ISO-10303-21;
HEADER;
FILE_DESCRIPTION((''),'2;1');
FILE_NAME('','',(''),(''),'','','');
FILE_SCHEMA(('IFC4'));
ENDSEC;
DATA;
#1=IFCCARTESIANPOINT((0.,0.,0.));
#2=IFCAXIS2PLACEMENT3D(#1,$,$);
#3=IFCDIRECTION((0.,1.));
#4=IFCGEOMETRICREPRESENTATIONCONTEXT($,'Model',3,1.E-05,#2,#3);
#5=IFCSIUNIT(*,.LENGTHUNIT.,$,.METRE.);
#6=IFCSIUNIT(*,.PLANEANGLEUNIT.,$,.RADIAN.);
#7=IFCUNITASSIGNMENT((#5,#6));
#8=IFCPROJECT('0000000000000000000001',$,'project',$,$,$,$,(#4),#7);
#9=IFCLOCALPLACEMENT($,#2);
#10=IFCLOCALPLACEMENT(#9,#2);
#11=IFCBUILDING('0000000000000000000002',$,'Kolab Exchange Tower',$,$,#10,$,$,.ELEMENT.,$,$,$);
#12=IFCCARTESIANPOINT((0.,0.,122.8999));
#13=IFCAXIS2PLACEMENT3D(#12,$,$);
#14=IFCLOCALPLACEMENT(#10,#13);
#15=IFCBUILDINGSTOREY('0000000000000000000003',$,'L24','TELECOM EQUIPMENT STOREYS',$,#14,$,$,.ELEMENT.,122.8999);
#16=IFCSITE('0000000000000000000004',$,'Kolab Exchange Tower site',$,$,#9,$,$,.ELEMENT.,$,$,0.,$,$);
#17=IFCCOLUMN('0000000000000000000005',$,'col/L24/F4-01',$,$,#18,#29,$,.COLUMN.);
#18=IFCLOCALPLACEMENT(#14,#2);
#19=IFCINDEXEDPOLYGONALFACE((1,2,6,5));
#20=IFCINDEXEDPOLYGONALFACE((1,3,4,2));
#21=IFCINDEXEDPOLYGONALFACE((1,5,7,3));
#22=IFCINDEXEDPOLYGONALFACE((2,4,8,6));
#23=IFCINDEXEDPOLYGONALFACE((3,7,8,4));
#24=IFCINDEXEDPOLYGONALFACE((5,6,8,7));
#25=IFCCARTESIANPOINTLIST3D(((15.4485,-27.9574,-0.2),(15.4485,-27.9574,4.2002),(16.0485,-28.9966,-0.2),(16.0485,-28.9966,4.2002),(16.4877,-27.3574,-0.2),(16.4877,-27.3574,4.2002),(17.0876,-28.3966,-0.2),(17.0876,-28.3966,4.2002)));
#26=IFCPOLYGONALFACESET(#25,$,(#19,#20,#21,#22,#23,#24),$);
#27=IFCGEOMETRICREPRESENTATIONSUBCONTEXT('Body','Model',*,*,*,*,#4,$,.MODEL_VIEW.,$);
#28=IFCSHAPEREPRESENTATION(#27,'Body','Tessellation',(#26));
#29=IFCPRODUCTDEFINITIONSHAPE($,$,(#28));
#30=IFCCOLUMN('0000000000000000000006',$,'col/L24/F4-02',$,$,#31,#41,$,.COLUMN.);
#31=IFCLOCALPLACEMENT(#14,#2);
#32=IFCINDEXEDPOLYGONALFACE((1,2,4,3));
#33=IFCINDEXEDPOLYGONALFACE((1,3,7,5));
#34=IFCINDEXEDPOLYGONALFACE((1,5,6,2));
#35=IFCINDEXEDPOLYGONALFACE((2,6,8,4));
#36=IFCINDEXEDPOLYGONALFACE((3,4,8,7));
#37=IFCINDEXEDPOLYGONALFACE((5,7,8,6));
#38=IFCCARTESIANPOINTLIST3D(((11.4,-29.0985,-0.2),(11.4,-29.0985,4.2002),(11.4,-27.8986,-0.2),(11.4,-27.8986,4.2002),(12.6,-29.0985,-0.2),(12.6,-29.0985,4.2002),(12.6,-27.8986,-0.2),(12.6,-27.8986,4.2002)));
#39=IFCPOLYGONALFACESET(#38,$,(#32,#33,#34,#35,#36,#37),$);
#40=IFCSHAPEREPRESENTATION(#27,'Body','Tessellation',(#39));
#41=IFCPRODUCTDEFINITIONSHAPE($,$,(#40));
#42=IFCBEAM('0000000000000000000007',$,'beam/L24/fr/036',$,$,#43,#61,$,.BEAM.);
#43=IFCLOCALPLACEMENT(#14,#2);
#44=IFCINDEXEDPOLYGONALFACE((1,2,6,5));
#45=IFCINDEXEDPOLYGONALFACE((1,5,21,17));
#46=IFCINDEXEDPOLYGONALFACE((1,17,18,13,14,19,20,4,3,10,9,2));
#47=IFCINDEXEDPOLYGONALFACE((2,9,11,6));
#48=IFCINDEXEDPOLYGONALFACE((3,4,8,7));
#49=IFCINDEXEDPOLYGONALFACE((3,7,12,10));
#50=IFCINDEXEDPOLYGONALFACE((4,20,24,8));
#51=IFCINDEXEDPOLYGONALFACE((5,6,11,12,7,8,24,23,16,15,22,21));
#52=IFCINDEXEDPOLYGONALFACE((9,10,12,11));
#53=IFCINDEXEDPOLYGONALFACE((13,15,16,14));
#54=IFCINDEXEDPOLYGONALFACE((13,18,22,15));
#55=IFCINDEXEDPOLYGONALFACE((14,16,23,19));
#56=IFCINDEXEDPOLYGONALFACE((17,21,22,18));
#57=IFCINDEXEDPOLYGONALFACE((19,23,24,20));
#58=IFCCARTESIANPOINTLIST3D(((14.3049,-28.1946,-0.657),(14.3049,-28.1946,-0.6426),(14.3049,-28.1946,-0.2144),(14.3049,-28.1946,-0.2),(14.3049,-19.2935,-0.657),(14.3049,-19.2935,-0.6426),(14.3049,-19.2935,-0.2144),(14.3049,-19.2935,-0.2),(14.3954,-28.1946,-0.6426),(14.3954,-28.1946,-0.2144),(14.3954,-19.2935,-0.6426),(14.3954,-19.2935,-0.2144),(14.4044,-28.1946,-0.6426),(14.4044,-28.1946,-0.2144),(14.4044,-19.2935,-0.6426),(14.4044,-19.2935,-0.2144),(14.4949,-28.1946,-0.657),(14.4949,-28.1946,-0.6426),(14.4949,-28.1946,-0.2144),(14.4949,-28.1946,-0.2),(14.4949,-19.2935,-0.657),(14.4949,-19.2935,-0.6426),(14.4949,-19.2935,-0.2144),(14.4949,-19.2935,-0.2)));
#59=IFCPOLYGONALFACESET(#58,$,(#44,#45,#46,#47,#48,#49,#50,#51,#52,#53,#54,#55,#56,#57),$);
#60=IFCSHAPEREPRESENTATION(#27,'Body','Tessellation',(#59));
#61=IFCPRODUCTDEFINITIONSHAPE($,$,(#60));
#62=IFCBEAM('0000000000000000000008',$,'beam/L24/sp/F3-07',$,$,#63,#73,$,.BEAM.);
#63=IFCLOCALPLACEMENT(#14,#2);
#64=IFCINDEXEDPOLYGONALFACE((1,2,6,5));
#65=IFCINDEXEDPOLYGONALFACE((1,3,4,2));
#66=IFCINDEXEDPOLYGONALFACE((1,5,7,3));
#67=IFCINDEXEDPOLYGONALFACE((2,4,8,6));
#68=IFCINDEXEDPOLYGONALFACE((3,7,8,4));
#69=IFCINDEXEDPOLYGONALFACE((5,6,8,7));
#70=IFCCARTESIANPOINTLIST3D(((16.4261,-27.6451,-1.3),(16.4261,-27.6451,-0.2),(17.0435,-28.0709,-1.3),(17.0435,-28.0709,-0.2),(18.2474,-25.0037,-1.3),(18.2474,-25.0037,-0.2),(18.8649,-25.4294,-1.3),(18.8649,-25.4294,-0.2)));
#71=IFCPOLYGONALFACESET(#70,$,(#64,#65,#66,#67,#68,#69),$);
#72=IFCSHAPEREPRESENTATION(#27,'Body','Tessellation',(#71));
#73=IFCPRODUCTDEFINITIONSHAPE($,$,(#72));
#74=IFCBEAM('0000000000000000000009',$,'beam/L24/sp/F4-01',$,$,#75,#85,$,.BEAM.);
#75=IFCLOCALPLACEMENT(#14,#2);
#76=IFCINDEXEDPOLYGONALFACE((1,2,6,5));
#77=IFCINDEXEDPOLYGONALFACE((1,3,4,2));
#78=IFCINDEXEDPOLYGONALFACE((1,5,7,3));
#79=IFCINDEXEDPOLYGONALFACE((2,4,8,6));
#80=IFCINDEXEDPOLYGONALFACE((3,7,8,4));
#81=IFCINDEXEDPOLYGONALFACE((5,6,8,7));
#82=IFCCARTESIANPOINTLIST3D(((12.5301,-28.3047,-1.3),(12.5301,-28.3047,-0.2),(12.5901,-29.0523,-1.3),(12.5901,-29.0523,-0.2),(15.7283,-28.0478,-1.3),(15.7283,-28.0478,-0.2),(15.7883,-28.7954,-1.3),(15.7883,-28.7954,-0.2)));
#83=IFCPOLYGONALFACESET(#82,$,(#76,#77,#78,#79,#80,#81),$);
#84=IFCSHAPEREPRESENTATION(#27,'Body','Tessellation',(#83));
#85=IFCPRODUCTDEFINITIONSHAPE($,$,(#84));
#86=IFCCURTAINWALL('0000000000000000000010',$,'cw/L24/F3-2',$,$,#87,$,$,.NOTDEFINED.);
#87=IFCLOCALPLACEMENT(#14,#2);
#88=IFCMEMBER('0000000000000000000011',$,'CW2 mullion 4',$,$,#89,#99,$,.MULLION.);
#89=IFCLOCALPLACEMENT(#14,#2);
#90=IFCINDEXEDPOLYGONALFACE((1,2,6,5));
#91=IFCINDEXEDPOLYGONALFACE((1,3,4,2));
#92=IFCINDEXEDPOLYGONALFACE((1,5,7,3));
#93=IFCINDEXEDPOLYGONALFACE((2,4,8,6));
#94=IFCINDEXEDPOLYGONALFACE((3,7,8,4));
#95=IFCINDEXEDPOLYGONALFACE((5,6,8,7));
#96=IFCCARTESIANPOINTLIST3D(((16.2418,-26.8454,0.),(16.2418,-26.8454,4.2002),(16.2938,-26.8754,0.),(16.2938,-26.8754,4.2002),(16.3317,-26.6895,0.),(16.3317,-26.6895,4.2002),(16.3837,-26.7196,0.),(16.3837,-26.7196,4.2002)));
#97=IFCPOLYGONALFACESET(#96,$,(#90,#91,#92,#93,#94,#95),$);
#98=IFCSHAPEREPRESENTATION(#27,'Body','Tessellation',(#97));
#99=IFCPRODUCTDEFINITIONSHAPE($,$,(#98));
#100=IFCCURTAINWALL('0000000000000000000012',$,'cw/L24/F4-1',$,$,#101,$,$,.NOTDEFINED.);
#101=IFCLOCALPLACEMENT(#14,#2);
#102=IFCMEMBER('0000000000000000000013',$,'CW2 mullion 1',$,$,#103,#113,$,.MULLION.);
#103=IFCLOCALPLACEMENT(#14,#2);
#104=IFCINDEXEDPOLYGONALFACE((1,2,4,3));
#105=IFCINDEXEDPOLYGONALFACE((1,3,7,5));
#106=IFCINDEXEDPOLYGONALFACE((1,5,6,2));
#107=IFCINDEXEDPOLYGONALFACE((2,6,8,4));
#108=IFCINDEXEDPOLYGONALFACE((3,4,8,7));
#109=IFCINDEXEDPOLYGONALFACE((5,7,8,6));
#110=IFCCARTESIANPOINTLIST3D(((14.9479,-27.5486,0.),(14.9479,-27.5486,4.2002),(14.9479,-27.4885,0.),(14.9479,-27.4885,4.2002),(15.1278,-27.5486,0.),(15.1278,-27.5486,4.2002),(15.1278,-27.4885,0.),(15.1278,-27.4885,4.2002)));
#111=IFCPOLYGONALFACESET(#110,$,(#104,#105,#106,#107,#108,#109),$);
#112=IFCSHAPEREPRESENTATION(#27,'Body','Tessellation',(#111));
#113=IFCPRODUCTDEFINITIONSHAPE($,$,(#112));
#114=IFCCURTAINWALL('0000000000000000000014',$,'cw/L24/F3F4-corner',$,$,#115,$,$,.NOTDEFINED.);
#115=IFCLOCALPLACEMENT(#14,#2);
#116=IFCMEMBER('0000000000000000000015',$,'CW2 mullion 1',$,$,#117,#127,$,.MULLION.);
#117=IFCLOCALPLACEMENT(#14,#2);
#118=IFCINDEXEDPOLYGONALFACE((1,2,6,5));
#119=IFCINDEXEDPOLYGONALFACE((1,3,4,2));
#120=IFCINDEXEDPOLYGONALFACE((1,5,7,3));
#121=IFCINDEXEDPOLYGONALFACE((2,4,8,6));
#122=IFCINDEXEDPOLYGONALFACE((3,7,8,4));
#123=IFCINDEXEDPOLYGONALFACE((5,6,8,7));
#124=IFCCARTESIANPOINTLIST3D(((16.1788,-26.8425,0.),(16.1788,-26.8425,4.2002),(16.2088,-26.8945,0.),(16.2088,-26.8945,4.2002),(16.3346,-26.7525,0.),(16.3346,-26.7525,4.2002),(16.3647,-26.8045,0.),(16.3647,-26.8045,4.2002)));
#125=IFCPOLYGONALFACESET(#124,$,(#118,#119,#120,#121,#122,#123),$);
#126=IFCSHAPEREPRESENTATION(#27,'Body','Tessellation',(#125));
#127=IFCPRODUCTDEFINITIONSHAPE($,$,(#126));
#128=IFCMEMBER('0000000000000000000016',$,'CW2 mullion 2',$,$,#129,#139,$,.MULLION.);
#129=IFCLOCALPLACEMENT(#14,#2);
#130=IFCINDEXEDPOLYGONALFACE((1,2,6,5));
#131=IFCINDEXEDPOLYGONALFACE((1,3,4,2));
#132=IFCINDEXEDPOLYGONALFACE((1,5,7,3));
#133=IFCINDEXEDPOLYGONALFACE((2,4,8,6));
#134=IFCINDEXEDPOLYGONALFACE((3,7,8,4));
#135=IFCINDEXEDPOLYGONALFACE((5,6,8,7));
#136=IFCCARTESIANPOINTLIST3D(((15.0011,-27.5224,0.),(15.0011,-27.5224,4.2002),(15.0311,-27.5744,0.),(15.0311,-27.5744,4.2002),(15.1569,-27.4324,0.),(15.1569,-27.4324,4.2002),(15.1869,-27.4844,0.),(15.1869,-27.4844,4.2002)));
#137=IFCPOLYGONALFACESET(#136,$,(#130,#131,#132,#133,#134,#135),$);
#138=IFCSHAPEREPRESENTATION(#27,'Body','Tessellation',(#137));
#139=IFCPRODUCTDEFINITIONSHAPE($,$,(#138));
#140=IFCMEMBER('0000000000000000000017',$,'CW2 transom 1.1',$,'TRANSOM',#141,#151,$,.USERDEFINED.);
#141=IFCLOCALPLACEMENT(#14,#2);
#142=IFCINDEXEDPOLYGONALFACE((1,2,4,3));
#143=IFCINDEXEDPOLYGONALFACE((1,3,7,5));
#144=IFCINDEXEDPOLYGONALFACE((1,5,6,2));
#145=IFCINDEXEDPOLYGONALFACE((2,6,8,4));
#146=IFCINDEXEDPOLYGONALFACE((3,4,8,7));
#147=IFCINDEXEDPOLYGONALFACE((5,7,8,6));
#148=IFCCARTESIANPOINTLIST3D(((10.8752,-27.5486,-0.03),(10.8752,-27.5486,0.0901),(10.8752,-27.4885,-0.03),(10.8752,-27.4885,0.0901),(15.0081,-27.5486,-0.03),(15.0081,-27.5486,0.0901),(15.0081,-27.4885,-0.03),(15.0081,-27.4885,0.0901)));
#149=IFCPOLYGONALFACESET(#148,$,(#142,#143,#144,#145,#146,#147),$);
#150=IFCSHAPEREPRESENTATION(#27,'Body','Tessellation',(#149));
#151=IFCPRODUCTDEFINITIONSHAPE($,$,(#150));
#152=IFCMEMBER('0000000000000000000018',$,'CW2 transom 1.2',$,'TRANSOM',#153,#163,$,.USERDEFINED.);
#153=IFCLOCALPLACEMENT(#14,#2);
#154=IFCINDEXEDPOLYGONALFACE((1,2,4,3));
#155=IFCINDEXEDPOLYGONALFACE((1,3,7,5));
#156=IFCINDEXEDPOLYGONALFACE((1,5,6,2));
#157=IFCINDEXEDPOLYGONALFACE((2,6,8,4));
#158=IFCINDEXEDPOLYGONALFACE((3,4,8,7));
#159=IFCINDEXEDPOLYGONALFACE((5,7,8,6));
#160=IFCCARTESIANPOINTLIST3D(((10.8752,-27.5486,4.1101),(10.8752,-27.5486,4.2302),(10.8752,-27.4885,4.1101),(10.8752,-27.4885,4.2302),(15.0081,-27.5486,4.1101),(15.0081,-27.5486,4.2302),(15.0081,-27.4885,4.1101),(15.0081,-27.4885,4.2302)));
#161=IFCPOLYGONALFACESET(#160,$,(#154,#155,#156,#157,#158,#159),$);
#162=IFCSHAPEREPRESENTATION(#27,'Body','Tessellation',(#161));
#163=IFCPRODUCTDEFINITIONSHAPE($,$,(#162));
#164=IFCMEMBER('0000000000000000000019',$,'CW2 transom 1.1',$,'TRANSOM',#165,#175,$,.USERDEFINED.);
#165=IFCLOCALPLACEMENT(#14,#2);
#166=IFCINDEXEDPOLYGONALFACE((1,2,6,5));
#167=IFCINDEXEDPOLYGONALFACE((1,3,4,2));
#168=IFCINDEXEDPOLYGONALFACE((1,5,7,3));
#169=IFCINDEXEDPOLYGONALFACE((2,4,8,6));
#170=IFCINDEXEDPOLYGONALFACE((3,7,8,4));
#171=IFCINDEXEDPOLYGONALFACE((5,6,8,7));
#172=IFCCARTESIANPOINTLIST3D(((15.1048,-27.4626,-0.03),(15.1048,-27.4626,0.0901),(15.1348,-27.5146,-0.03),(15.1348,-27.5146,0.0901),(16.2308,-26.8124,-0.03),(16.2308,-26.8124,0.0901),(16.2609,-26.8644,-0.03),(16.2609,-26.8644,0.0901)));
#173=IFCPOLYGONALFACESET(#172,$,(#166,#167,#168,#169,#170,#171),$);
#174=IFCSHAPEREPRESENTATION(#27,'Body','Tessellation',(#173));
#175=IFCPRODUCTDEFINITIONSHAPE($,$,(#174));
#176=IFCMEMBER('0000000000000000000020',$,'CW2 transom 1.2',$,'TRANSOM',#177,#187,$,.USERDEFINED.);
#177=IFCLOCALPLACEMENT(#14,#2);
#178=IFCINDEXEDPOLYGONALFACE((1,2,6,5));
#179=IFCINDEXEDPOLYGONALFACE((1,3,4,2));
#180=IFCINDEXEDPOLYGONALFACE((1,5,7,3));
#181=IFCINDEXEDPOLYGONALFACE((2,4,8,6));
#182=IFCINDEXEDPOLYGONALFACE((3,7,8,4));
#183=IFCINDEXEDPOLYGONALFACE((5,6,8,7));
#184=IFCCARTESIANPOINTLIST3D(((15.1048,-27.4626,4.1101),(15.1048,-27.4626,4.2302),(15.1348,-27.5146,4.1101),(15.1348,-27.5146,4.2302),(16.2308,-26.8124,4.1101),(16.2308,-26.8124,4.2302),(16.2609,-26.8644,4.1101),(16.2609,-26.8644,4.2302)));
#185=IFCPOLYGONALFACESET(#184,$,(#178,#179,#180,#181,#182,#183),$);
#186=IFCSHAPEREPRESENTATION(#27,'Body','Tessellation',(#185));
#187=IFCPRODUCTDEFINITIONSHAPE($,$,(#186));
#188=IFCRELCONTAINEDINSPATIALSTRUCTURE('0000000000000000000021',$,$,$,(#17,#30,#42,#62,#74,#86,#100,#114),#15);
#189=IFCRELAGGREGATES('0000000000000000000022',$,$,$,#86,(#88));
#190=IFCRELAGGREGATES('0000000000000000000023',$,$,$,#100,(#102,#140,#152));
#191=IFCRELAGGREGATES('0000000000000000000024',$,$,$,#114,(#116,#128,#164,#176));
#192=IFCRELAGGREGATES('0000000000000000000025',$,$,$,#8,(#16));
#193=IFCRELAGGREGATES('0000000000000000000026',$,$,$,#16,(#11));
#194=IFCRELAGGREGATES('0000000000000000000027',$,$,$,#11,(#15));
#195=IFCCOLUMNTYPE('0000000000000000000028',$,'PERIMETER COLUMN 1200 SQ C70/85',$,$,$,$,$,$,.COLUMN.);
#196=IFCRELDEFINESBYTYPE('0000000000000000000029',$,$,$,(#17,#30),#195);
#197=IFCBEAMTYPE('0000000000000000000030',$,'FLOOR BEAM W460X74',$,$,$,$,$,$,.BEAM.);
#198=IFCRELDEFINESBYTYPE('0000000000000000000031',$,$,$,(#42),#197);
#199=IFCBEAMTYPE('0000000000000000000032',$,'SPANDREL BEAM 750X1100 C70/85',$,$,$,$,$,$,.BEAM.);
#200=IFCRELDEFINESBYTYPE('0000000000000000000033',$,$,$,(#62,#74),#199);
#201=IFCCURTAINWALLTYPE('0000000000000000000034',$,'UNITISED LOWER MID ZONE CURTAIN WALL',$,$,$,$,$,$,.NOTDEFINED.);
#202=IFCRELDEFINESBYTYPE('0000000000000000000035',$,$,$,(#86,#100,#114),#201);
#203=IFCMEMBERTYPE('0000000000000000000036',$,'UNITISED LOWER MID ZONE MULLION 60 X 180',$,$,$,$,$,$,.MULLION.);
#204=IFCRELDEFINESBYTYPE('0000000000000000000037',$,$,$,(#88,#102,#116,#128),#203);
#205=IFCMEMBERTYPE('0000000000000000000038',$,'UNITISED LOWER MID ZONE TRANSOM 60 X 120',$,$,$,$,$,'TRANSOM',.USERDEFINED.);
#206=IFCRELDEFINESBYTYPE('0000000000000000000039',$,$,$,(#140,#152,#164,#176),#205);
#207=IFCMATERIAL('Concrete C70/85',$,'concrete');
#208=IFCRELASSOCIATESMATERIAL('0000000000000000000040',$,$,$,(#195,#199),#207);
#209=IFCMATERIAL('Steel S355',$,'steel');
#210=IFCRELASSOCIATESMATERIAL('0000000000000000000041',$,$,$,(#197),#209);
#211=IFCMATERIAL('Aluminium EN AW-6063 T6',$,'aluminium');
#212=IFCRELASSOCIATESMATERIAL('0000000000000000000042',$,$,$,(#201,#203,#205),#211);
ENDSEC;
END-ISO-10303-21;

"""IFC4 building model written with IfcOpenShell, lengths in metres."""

from ifc_helpers import new_model, si_unit, direction, frame, origin, origin_2d, place, context, subcontext, project, spatial, rectangle, i_section, extrude, material, material_profile, profile_set, type_object, element, aggregate, save


model = new_model("IFC4")

# Units and contexts
model_context = context("Model", 3, precision=1e-05, world=origin(), true_north=direction((0.0, 1.0)))
body_context = subcontext(model_context, "Body", "Model", "MODEL_VIEW")
ifc_project = project(units=[si_unit("LENGTHUNIT", "METRE"), si_unit("PLANEANGLEUNIT", "RADIAN")], contexts=[model_context])

# Site, building, storey
site_placement = place(None, origin())
site = spatial("IfcSite", under=ifc_project, at=site_placement, Name="Kolab Exchange Tower site", CompositionType="ELEMENT", RefElevation=0.0)
building_placement = place(site_placement, origin())
building = spatial("IfcBuilding", under=site, at=building_placement, Name="Kolab Exchange Tower", CompositionType="ELEMENT")
storey_placement = place(building_placement, frame((0.0, 0.0, 122.8999)))
storey = spatial("IfcBuildingStorey", under=building, at=storey_placement, Name="L24", Description="TELECOM EQUIPMENT STOREYS", CompositionType="ELEMENT", Elevation=122.8999)

# Columns
ifc_material_1 = material(Name="Concrete C70/85", Category="concrete")
ifc_material_profile_1 = material_profile(ifc_material_1, rectangle(XDim=1.2, YDim=1.2, at=origin_2d()), Name="RC1200")
ifc_profile_set_1 = profile_set([ifc_material_profile_1], Name="Concrete C70/85")
column_type = type_object("IfcColumnType", Name="PERIMETER COLUMN 1200 SQ C70/85", PredefinedType="COLUMN", material=ifc_profile_set_1)
for number, where, z_axis, x_axis, name in (
    (1, (16.2681, -28.177, -0.2), (0.0, 0.0, 1.0), (0.866025, 0.5, 0.0), "col/L24/F4-01"),
    (2, (12.0, -28.4985, -0.2), (0.0, 0.0, 1.0), (1.0, 0.0, 0.0), "col/L24/F4-02"),
):
    element("IfcColumn", number, at=place(storey_placement, frame(where, z_axis=z_axis, x_axis=x_axis)), inside=storey, type_object=column_type, Name=name, PredefinedType="COLUMN", context=body_context, shape_type="SweptSolid", body=[
        extrude(rectangle(XDim=1.2, YDim=1.2, at=origin_2d()), origin(), (0.0, 0.0, 1.0), 4.4001),
    ])

# Beams
ifc_material_2 = material(Name="Steel S355", Category="steel")
ifc_material_profile_2 = material_profile(ifc_material_2, i_section(OverallWidth=0.1899, OverallDepth=0.457, WebThickness=0.009, FlangeThickness=0.0144, at=origin_2d()), Name="W460X74")
ifc_profile_set_2 = profile_set([ifc_material_profile_2], Name="Steel S355")
beam_type_1 = type_object("IfcBeamType", Name="FLOOR BEAM W460X74", PredefinedType="BEAM", material=ifc_profile_set_2)
beam_placement = place(storey_placement, frame((14.3999, -28.1946, -0.4285), z_axis=(0.0, 1.0, 0.0), x_axis=(-1.0, 0.0, 0.0)))
element("IfcBeam", 3, at=beam_placement, inside=storey, type_object=beam_type_1, Name="beam/L24/fr/036", PredefinedType="BEAM", context=body_context, shape_type="SweptSolid", body=[
    extrude(i_section(OverallWidth=0.1899, OverallDepth=0.457, WebThickness=0.009, FlangeThickness=0.0144, at=origin_2d()), origin(), (0.0, 0.0, 1.0), 8.9011),
])
ifc_material_profile_3 = material_profile(ifc_material_1, rectangle(XDim=0.75, YDim=1.1001, at=origin_2d()), Name="RC750X1100")
ifc_profile_set_3 = profile_set([ifc_material_profile_3], Name="Concrete C70/85")
beam_type_2 = type_object("IfcBeamType", Name="SPANDREL BEAM 750X1100 C70/85", PredefinedType="BEAM", material=ifc_profile_set_3)
for number, where, z_axis, x_axis, name in (
    (4, (18.5562, -25.2166, -0.75), (-0.567662, -0.823262, 0.0), (0.823262, -0.567662, 0.0), "beam/L24/sp/F3-07"),
    (5, (15.7583, -28.4216, -0.75), (-0.996791, -0.080048, 0.0), (0.080048, -0.996791, 0.0), "beam/L24/sp/F4-01"),
):
    element("IfcBeam", number, at=place(storey_placement, frame(where, z_axis=z_axis, x_axis=x_axis)), inside=storey, type_object=beam_type_2, Name=name, PredefinedType="BEAM", context=body_context, shape_type="SweptSolid", body=[
        extrude(rectangle(XDim=0.75, YDim=1.1001, at=origin_2d()), origin(), (0.0, 0.0, 1.0), 3.2085),
    ])

# Curtain walls, members
ifc_material_3 = material(Name="Aluminium EN AW-6063 T6", Category="aluminium")
curtain_wall_type = type_object("IfcCurtainWallType", Name="UNITISED LOWER MID ZONE CURTAIN WALL", PredefinedType="NOTDEFINED", material=ifc_material_3)
curtain_wall_1_placement = place(storey_placement, origin())
curtain_wall_1 = element("IfcCurtainWall", 6, at=curtain_wall_1_placement, inside=storey, type_object=curtain_wall_type, Name="cw/L24/F3-2", PredefinedType="NOTDEFINED")
ifc_material_profile_4 = material_profile(ifc_material_3, rectangle(XDim=0.0601, YDim=0.1799, at=origin_2d()), Name="RECT 60X180")
ifc_profile_set_4 = profile_set([ifc_material_profile_4], Name="Aluminium EN AW-6063 T6")
member_type_1 = type_object("IfcMemberType", Name="UNITISED LOWER MID ZONE MULLION 60 X 180", PredefinedType="MULLION", material=ifc_profile_set_4)
member_1_placement = place(storey_placement, frame((16.3127, -26.7825, 0.0), z_axis=(0.0, 0.0, 1.0), x_axis=(0.866025, -0.5, 0.0)))
member_1 = element("IfcMember", 7, at=member_1_placement, type_object=member_type_1, Name="CW2 mullion 4", PredefinedType="MULLION", context=body_context, shape_type="SweptSolid", body=[
    extrude(rectangle(XDim=0.0601, YDim=0.1799, at=origin_2d()), origin(), (0.0, 0.0, 1.0), 4.2002),
])
curtain_wall_2_placement = place(storey_placement, origin())
curtain_wall_2 = element("IfcCurtainWall", 8, at=curtain_wall_2_placement, inside=storey, type_object=curtain_wall_type, Name="cw/L24/F4-1", PredefinedType="NOTDEFINED")
member_2_placement = place(storey_placement, frame((15.0378, -27.5186, 0.0), z_axis=(0.0, 0.0, 1.0), x_axis=(0.0, -1.0, 0.0)))
member_2 = element("IfcMember", 9, at=member_2_placement, type_object=member_type_1, Name="CW2 mullion 1", PredefinedType="MULLION", context=body_context, shape_type="SweptSolid", body=[
    extrude(rectangle(XDim=0.0601, YDim=0.1799, at=origin_2d()), origin(), (0.0, 0.0, 1.0), 4.2002),
])

# Curtain wall, members
curtain_wall_3_placement = place(storey_placement, origin())
curtain_wall_3 = element("IfcCurtainWall", 10, at=curtain_wall_3_placement, inside=storey, type_object=curtain_wall_type, Name="cw/L24/F3F4-corner", PredefinedType="NOTDEFINED")
member_3_placement = place(storey_placement, frame((16.2717, -26.8235, 0.0), z_axis=(0.0, 0.0, 1.0), x_axis=(0.5, -0.866025, 0.0)))
member_3 = element("IfcMember", 11, at=member_3_placement, type_object=member_type_1, Name="CW2 mullion 1", PredefinedType="MULLION", context=body_context, shape_type="SweptSolid", body=[
    extrude(rectangle(XDim=0.0601, YDim=0.1799, at=origin_2d()), origin(), (0.0, 0.0, 1.0), 4.2002),
])
member_4_placement = place(storey_placement, frame((15.094, -27.5034, 0.0), z_axis=(0.0, 0.0, 1.0), x_axis=(0.5, -0.866025, 0.0)))
member_4 = element("IfcMember", 12, at=member_4_placement, type_object=member_type_1, Name="CW2 mullion 2", PredefinedType="MULLION", context=body_context, shape_type="SweptSolid", body=[
    extrude(rectangle(XDim=0.0601, YDim=0.1799, at=origin_2d()), origin(), (0.0, 0.0, 1.0), 4.2002),
])

# Members
ifc_material_profile_5 = material_profile(ifc_material_3, rectangle(XDim=0.0601, YDim=0.1201, at=origin_2d()), Name="RECT 60X120")
ifc_profile_set_5 = profile_set([ifc_material_profile_5], Name="Aluminium EN AW-6063 T6")
member_type_2 = type_object("IfcMemberType", Name="UNITISED LOWER MID ZONE TRANSOM 60 X 120", ElementType="TRANSOM", PredefinedType="USERDEFINED", material=ifc_profile_set_5)
member_5_placement = place(storey_placement, frame((15.0081, -27.5186, 0.03), z_axis=(-1.0, 0.0, 0.0), x_axis=(0.0, -1.0, 0.0)))
member_5 = element("IfcMember", 13, at=member_5_placement, type_object=member_type_2, Name="CW2 transom 1.1", ObjectType="TRANSOM", PredefinedType="USERDEFINED", context=body_context, shape_type="SweptSolid", body=[
    extrude(rectangle(XDim=0.0601, YDim=0.1201, at=origin_2d()), origin(), (0.0, 0.0, 1.0), 4.1328),
])
member_6_placement = place(storey_placement, frame((15.0081, -27.5186, 4.1702), z_axis=(-1.0, 0.0, 0.0), x_axis=(0.0, -1.0, 0.0)))
member_6 = element("IfcMember", 14, at=member_6_placement, type_object=member_type_2, Name="CW2 transom 1.2", ObjectType="TRANSOM", PredefinedType="USERDEFINED", context=body_context, shape_type="SweptSolid", body=[
    extrude(rectangle(XDim=0.0601, YDim=0.1201, at=origin_2d()), origin(), (0.0, 0.0, 1.0), 4.1328),
])
member_7_placement = place(storey_placement, frame((16.2458, -26.8384, 0.03), z_axis=(-0.866004, -0.500037, 0.0), x_axis=(0.500037, -0.866004, 0.0)))
member_7 = element("IfcMember", 15, at=member_7_placement, type_object=member_type_2, Name="CW2 transom 1.1", ObjectType="TRANSOM", PredefinedType="USERDEFINED", context=body_context, shape_type="SweptSolid", body=[
    extrude(rectangle(XDim=0.0601, YDim=0.1201, at=origin_2d()), origin(), (0.0, 0.0, 1.0), 1.3003),
])
member_8_placement = place(storey_placement, frame((16.2458, -26.8384, 4.1702), z_axis=(-0.866004, -0.500037, 0.0), x_axis=(0.500037, -0.866004, 0.0)))
member_8 = element("IfcMember", 16, at=member_8_placement, type_object=member_type_2, Name="CW2 transom 1.2", ObjectType="TRANSOM", PredefinedType="USERDEFINED", context=body_context, shape_type="SweptSolid", body=[
    extrude(rectangle(XDim=0.0601, YDim=0.1201, at=origin_2d()), origin(), (0.0, 0.0, 1.0), 1.3003),
])

aggregate(curtain_wall_1, [member_1])
aggregate(curtain_wall_2, [member_2, member_5, member_6])
aggregate(curtain_wall_3, [member_3, member_4, member_7, member_8])

save(model, "model.ifc")
